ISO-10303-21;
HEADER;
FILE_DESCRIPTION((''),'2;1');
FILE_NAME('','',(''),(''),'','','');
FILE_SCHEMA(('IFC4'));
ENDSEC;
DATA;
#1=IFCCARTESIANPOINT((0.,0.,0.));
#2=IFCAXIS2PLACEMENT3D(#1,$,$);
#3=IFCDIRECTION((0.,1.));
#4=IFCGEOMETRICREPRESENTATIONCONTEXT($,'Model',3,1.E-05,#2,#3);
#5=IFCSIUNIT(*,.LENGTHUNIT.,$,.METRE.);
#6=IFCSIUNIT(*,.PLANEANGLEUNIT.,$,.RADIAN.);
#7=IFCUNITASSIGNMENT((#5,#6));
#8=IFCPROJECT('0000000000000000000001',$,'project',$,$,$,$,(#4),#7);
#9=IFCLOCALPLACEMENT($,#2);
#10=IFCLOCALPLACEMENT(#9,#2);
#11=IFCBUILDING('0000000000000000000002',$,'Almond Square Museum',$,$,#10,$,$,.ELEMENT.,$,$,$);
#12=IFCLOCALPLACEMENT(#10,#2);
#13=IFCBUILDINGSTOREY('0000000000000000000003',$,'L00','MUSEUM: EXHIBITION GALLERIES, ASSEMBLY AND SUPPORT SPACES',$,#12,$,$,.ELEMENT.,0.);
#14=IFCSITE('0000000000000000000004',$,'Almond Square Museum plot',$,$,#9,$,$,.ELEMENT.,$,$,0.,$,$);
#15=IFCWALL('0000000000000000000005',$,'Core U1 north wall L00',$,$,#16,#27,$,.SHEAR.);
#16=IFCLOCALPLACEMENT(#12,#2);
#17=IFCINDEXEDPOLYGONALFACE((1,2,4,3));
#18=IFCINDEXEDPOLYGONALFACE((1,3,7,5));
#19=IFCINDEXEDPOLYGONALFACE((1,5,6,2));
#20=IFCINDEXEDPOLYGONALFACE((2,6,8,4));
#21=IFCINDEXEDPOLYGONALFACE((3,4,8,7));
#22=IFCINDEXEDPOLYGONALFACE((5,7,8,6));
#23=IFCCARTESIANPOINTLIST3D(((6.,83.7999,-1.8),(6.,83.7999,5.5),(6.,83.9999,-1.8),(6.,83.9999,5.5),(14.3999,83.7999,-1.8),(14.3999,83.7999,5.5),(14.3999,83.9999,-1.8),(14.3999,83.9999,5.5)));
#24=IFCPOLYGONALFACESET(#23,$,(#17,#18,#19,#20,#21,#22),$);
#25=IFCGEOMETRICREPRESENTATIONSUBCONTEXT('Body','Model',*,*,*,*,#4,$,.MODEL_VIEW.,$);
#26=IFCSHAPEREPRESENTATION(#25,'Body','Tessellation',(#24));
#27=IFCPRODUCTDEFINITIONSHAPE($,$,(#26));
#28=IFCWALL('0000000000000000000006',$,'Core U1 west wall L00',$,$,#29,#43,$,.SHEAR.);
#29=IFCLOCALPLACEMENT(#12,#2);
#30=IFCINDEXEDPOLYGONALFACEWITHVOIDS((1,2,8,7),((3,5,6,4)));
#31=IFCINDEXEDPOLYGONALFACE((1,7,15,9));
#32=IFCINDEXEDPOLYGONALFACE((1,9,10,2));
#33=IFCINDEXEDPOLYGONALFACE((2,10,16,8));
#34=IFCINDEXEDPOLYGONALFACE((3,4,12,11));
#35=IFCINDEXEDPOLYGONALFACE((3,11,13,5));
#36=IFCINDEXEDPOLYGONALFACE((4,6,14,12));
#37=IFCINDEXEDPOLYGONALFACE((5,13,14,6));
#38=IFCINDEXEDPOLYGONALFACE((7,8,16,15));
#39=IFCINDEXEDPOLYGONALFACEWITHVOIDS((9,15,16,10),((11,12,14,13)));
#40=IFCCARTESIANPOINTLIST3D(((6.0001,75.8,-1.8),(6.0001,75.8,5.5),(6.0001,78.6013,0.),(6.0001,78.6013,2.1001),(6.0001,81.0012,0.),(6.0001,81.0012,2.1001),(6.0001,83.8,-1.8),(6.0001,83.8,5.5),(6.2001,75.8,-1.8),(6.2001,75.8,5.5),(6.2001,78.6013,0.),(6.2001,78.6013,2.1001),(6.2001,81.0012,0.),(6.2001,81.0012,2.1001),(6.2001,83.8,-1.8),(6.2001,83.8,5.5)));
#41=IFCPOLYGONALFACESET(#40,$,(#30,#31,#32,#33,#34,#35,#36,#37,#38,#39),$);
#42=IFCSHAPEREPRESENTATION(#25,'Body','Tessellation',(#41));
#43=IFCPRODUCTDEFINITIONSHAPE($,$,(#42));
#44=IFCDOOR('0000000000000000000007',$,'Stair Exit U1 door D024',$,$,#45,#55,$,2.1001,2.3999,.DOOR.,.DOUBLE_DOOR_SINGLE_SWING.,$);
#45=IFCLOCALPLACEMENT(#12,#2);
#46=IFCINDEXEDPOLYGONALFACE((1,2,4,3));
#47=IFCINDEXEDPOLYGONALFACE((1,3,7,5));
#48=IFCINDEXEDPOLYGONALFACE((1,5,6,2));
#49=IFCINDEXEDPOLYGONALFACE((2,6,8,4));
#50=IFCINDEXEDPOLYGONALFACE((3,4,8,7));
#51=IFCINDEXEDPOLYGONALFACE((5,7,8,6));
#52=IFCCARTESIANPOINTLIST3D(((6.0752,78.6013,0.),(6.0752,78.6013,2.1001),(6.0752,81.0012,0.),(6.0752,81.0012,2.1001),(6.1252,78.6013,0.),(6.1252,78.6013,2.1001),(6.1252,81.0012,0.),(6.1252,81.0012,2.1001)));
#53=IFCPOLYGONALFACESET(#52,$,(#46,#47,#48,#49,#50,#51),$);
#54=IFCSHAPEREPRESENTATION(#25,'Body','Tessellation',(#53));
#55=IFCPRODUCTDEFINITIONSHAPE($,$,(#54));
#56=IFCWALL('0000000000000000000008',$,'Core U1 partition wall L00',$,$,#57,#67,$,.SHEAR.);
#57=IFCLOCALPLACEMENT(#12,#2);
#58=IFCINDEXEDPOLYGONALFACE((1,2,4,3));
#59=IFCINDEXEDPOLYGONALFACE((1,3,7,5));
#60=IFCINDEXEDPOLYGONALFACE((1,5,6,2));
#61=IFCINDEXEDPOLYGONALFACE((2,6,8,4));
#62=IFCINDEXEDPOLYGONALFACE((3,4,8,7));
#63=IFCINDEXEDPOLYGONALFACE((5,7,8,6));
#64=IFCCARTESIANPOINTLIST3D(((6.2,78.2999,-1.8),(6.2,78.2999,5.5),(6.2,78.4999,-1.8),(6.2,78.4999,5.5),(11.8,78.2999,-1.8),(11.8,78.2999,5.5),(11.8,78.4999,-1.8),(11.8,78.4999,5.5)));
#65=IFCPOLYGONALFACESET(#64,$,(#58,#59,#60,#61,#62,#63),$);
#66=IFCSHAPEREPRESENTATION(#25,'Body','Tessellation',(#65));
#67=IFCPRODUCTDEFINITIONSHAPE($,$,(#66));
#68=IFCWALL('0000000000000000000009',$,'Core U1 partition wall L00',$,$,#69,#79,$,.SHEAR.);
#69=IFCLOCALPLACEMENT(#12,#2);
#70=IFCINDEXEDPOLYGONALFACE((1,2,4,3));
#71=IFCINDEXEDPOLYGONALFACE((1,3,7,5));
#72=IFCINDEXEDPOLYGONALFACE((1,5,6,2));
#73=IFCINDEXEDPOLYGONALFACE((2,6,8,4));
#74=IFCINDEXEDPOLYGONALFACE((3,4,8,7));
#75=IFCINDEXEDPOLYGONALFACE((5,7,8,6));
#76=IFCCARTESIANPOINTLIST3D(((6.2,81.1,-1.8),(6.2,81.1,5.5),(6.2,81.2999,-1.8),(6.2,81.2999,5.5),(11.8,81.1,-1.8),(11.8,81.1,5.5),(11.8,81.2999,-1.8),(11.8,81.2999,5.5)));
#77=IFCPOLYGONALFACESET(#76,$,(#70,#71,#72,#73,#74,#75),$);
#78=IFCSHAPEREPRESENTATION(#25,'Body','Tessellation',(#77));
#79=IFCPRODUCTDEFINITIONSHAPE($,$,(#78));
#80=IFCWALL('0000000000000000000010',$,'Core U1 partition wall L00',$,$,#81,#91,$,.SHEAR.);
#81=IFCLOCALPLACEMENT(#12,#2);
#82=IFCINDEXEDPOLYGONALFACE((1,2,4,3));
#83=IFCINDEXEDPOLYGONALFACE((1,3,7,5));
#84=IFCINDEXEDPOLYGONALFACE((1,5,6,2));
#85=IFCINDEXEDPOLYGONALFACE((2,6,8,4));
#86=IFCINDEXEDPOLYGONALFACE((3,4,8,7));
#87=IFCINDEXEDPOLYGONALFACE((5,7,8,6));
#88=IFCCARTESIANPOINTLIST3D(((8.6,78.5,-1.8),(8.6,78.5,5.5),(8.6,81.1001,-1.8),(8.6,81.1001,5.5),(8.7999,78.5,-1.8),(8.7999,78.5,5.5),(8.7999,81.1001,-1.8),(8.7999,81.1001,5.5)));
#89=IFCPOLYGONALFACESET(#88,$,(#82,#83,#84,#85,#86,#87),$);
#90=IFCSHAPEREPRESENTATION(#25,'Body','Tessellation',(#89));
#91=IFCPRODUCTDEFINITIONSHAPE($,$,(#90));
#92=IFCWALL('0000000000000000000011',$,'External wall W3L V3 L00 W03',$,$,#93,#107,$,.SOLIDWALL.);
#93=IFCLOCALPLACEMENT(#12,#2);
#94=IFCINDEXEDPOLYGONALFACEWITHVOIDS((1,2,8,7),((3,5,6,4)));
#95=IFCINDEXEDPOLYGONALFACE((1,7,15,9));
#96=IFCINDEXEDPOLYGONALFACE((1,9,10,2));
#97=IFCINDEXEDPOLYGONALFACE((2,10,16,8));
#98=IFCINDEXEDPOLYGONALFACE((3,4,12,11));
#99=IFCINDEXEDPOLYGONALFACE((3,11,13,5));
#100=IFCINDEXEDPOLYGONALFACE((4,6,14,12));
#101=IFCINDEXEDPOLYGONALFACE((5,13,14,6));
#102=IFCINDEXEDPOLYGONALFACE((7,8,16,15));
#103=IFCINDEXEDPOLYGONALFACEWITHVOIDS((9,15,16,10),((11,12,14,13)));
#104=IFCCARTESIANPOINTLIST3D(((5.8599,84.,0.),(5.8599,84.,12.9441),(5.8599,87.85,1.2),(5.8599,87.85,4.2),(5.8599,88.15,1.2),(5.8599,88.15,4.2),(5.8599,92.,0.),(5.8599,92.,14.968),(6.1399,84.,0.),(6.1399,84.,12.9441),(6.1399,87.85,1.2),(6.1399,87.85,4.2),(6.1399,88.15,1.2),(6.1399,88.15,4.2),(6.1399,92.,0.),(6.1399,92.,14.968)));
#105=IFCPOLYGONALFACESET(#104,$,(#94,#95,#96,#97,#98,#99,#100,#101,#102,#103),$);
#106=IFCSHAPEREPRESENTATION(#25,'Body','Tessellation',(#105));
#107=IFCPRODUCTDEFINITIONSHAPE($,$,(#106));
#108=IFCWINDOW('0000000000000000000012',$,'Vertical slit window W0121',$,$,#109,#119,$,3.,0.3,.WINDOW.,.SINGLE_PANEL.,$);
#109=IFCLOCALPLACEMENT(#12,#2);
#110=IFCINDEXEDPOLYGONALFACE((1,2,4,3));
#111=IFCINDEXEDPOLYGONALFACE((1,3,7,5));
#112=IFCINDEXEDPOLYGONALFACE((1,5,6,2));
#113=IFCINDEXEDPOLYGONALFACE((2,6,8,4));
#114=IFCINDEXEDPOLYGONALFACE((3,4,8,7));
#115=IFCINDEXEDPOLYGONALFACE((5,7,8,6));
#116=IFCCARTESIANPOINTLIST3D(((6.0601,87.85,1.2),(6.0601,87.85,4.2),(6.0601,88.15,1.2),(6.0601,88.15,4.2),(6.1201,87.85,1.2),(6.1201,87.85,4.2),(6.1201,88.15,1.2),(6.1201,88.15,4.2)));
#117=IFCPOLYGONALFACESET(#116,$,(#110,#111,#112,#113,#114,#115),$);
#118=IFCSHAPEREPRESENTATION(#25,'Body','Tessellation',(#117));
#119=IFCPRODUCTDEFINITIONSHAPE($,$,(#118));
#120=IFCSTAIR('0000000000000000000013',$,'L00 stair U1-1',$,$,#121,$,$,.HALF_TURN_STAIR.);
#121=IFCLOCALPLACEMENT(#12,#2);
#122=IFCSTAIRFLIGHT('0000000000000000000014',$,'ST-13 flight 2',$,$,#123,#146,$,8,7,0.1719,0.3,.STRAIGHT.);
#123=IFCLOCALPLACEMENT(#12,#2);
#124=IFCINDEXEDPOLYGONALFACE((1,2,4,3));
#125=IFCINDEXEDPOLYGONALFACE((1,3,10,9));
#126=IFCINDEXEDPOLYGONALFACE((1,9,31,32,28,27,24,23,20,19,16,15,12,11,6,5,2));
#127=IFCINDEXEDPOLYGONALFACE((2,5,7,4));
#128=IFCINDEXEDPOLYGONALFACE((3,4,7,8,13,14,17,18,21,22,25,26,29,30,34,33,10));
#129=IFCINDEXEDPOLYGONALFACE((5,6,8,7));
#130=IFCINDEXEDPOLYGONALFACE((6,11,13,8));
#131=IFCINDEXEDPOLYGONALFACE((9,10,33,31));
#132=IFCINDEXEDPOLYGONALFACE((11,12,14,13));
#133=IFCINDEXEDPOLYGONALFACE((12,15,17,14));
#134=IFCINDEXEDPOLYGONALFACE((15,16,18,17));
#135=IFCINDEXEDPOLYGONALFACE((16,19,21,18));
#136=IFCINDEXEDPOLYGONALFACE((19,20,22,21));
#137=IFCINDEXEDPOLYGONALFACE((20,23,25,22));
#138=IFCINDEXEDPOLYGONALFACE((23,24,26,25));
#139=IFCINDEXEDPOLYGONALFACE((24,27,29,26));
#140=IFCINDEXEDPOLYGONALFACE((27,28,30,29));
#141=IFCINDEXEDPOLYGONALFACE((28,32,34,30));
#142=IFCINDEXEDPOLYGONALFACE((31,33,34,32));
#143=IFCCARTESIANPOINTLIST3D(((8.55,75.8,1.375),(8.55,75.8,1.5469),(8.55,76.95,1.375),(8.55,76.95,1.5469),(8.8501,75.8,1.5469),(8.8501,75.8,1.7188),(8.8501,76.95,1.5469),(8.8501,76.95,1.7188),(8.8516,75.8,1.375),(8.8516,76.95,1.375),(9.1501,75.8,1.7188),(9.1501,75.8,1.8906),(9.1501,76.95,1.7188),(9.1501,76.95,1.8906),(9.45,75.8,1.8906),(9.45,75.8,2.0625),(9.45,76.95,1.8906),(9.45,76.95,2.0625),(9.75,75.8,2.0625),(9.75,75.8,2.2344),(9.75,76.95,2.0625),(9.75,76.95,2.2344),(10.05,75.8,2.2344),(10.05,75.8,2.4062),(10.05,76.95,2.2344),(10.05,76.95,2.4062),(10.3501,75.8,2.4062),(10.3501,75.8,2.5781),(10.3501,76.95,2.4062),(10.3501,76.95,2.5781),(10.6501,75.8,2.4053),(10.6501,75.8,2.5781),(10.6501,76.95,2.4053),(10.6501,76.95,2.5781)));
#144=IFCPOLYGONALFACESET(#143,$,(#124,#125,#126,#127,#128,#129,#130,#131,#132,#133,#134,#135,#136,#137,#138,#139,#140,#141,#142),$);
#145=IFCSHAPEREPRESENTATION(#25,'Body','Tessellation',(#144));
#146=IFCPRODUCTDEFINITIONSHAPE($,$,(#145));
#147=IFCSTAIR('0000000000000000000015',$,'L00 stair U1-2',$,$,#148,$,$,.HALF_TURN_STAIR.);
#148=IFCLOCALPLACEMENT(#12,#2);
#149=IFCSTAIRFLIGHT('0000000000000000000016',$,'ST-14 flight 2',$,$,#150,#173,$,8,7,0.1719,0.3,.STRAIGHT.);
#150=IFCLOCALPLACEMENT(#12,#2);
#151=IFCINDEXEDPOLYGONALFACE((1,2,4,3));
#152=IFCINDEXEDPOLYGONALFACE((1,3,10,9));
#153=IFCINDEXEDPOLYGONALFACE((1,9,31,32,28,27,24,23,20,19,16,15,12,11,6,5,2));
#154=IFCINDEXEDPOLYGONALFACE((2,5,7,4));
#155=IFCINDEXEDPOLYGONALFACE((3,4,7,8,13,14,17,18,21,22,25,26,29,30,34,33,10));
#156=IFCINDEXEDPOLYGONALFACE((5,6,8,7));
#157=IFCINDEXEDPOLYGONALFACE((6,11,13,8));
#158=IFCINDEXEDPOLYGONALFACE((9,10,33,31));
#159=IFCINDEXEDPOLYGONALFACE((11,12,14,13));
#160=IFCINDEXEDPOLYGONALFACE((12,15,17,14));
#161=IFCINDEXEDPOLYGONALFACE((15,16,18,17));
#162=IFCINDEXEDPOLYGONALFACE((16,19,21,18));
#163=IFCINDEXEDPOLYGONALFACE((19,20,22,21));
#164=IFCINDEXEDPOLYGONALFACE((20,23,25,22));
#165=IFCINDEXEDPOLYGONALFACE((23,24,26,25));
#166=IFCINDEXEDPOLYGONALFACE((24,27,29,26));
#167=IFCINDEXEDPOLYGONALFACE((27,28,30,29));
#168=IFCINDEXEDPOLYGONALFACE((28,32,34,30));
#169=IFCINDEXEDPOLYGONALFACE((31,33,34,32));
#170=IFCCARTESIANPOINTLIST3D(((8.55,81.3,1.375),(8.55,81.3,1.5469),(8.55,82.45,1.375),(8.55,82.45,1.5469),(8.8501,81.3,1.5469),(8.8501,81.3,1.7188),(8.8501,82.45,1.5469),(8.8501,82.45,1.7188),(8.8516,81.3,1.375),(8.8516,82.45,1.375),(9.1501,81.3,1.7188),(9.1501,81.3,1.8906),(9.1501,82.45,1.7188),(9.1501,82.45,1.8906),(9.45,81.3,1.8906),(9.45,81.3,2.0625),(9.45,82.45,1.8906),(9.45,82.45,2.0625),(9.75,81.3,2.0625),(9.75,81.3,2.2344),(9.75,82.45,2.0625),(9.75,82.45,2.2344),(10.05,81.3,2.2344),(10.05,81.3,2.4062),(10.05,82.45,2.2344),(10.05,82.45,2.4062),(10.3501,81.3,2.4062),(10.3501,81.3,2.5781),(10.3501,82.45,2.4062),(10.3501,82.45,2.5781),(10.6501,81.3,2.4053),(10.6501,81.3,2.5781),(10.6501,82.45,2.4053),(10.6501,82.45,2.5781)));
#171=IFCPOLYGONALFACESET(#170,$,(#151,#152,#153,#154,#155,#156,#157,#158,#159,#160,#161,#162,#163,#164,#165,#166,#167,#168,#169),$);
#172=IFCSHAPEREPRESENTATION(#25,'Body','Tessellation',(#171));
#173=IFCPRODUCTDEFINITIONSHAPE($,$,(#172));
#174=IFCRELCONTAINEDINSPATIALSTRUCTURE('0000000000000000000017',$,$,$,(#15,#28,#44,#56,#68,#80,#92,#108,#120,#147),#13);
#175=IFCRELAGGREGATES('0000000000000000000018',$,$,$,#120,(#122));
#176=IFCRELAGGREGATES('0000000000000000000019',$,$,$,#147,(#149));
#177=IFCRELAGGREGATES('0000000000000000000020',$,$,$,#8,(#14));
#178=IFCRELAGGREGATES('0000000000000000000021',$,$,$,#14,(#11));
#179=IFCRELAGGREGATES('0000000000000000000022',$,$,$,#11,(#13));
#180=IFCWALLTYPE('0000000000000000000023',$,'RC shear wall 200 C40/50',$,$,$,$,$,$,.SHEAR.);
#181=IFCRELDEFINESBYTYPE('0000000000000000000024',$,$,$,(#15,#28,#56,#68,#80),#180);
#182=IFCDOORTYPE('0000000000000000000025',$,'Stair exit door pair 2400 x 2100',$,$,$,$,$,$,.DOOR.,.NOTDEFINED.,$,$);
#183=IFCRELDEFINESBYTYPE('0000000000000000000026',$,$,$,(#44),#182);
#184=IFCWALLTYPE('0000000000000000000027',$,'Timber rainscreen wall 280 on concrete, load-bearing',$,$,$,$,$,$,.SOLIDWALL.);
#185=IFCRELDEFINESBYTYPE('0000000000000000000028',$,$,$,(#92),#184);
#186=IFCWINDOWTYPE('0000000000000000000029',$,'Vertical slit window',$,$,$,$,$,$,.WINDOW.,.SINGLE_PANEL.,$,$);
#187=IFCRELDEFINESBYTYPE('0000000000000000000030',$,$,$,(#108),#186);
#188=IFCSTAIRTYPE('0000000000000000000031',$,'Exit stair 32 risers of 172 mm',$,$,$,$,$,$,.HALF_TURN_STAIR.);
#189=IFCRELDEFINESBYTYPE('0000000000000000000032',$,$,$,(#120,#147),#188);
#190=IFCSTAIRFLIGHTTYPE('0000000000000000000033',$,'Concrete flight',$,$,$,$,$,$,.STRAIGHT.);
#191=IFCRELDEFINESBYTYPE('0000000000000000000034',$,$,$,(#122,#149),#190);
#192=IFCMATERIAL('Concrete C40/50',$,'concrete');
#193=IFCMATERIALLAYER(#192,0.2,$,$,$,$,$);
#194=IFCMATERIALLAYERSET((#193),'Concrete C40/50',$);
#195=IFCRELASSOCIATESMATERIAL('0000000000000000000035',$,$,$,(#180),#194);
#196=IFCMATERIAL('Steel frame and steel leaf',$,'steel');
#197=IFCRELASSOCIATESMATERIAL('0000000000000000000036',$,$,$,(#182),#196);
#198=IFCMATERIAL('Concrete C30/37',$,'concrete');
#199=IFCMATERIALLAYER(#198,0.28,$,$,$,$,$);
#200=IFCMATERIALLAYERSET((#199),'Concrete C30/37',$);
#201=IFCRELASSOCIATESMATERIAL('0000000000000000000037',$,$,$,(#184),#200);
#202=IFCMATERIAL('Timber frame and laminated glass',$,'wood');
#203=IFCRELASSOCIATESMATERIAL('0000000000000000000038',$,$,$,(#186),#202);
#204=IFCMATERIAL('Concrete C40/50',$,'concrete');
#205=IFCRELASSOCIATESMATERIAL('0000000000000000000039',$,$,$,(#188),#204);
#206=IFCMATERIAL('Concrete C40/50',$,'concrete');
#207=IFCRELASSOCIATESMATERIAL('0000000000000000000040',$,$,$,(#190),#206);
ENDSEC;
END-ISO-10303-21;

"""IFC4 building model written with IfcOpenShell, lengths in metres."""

from ifc_helpers import new_model, si_unit, direction, frame, frame_2d, origin, place, context, subcontext, project, spatial, polyline, rectangle, outline, extrude, material, layer, layer_set, type_object, element, fill, aggregate, save


model = new_model("IFC4")

# Units and contexts
model_context = context("Model", 3, precision=1e-05, world=origin(), true_north=direction((0.0, 1.0)))
body_context = subcontext(model_context, "Body", "Model", "MODEL_VIEW")
ifc_project = project(units=[si_unit("LENGTHUNIT", "METRE"), si_unit("PLANEANGLEUNIT", "RADIAN")], contexts=[model_context])

# Site, building, storey
site_placement = place(None, origin())
site = spatial("IfcSite", under=ifc_project, at=site_placement, Name="Almond Square Museum plot", CompositionType="ELEMENT", RefElevation=0.0)
building_placement = place(site_placement, origin())
building = spatial("IfcBuilding", under=site, at=building_placement, Name="Almond Square Museum", CompositionType="ELEMENT")
storey_placement = place(building_placement, origin())
storey = spatial("IfcBuildingStorey", under=building, at=storey_placement, Name="L00", Description="MUSEUM: EXHIBITION GALLERIES, ASSEMBLY AND SUPPORT SPACES", CompositionType="ELEMENT", Elevation=0.0)

# Wall
ifc_material_1 = material(Name="Concrete C40/50", Category="concrete")
ifc_layer_1 = layer(ifc_material_1, 0.2)
ifc_layer_set_1 = layer_set([ifc_layer_1], Name="Concrete C40/50")
wall_type_1 = type_object("IfcWallType", Name="RC shear wall 200 C40/50", PredefinedType="SHEAR", material=ifc_layer_set_1)
for number, where, z_axis, x_axis, name in (
    (1, (6.0, 83.8999, -1.8), (0.0, 0.0, 1.0), (1.0, 0.0, 0.0), "Core U1 north wall L00"),
):
    element("IfcWall", number, at=place(storey_placement, frame(where, z_axis=z_axis, x_axis=x_axis)), inside=storey, type_object=wall_type_1, Name=name, PredefinedType="SHEAR", context=body_context, shape_type="SweptSolid", body=[
        extrude(rectangle(XDim=8.3999, YDim=0.2, at=frame_2d((4.2, 0.0))), origin(), (0.0, 0.0, 1.0), 7.3),
    ])

# Wall, opening, door
wall_1_placement = place(storey_placement, frame((6.1001, 75.8, -1.8), z_axis=(0.0, 0.0, 1.0), x_axis=(0.0, 1.0, 0.0)))
wall_1 = element("IfcWall", 2, at=wall_1_placement, inside=storey, type_object=wall_type_1, Name="Core U1 west wall L00", PredefinedType="SHEAR", context=body_context, shape_type="SweptSolid", body=[
    extrude(rectangle(XDim=8.0, YDim=0.2, at=frame_2d((4.0, 0.0))), origin(), (0.0, 0.0, 1.0), 7.3),
])
opening_1_placement = place(wall_1_placement, frame((2.8013, 0.0, 1.8)))
opening_1 = element("IfcOpeningElement", 3, at=opening_1_placement, cuts=wall_1, PredefinedType="OPENING", context=body_context, shape_type="SweptSolid", body=[
    extrude(rectangle(XDim=2.3999, YDim=2.1001, at=frame_2d((1.2, 1.05))), frame((0.0, 0.1099, 0.0), z_axis=(0.0, -1.0, 0.0), x_axis=(1.0, 0.0, 0.0)), (0.0, 0.0, 1.0), 0.22),
])
ifc_material_2 = material(Name="Steel frame and steel leaf", Category="steel")
door_type_1 = type_object("IfcDoorType", Name="Stair exit door pair 2400 x 2100", OperationType="NOTDEFINED", PredefinedType="DOOR", material=ifc_material_2)
door_1_placement = place(opening_1_placement, origin())
door_1 = element("IfcDoor", 4, at=door_1_placement, inside=storey, type_object=door_type_1, Name="Stair Exit U1 door D024", OperationType="DOUBLE_DOOR_SINGLE_SWING", OverallHeight=2.1001, OverallWidth=2.3999, PredefinedType="DOOR", context=body_context, shape_type="SweptSolid", body=[
    extrude(rectangle(XDim=2.3999, YDim=2.1001, at=frame_2d((1.2, 1.05))), frame((0.0, 0.0249, 0.0), z_axis=(0.0, -1.0, 0.0), x_axis=(1.0, 0.0, 0.0)), (0.0, 0.0, 1.0), 0.05),
])
fill(opening_1, door_1)

# Walls
for number, where, z_axis, x_axis, name in (
    (5, (6.2, 78.3999, -1.8), (0.0, 0.0, 1.0), (1.0, 0.0, 0.0), "Core U1 partition wall L00"),
    (6, (6.2, 81.2, -1.8), (0.0, 0.0, 1.0), (1.0, 0.0, 0.0), "Core U1 partition wall L00"),
):
    element("IfcWall", number, at=place(storey_placement, frame(where, z_axis=z_axis, x_axis=x_axis)), inside=storey, type_object=wall_type_1, Name=name, PredefinedType="SHEAR", context=body_context, shape_type="SweptSolid", body=[
        extrude(rectangle(XDim=5.6001, YDim=0.2, at=frame_2d((2.8, 0.0))), origin(), (0.0, 0.0, 1.0), 7.3),
    ])
wall_2_placement = place(storey_placement, frame((8.7, 78.5, -1.8), z_axis=(0.0, 0.0, 1.0), x_axis=(0.0, 1.0, 0.0)))
element("IfcWall", 7, at=wall_2_placement, inside=storey, type_object=wall_type_1, Name="Core U1 partition wall L00", PredefinedType="SHEAR", context=body_context, shape_type="SweptSolid", body=[
    extrude(rectangle(XDim=2.6001, YDim=0.2, at=frame_2d((1.3, 0.0))), origin(), (0.0, 0.0, 1.0), 7.3),
])

# Wall, opening, window
ifc_material_3 = material(Name="Concrete C30/37", Category="concrete")
ifc_layer_2 = layer(ifc_material_3, 0.28)
ifc_layer_set_2 = layer_set([ifc_layer_2], Name="Concrete C30/37")
wall_type_2 = type_object("IfcWallType", Name="Timber rainscreen wall 280 on concrete, load-bearing", PredefinedType="SOLIDWALL", material=ifc_layer_set_2)
wall_3_placement = place(storey_placement, frame((6.0, 84.0, 0.0), z_axis=(0.0, 0.0, 1.0), x_axis=(0.0, 1.0, 0.0)))
wall_3 = element("IfcWall", 8, at=wall_3_placement, inside=storey, type_object=wall_type_2, Name="External wall W3L V3 L00 W03", PredefinedType="SOLIDWALL", context=body_context, shape_type="SweptSolid", body=[
    extrude(outline(polyline([(0.0, 0.0), (8.0, 0.0), (8.0, 14.968), (0.0, 12.9441), (0.0, 0.0)])), frame((0.0, 0.1401, 0.0), z_axis=(0.0, -1.0, 0.0), x_axis=(1.0, 0.0, 0.0)), (0.0, 0.0, 1.0), 0.28),
])
opening_2_placement = place(wall_3_placement, frame((3.8501, 0.0, 1.2)))
opening_2 = element("IfcOpeningElement", 9, at=opening_2_placement, cuts=wall_3, PredefinedType="OPENING", context=body_context, shape_type="SweptSolid", body=[
    extrude(rectangle(XDim=0.3, YDim=3.0, at=frame_2d((0.1499, 1.5))), frame((0.0, 0.1499, 0.0), z_axis=(0.0, -1.0, 0.0), x_axis=(1.0, 0.0, 0.0)), (0.0, 0.0, 1.0), 0.3),
])
ifc_material_4 = material(Name="Timber frame and laminated glass", Category="wood")
window_type = type_object("IfcWindowType", Name="Vertical slit window", PartitioningType="SINGLE_PANEL", PredefinedType="WINDOW", material=ifc_material_4)
window_placement = place(opening_2_placement, origin())
window = element("IfcWindow", 10, at=window_placement, inside=storey, type_object=window_type, Name="Vertical slit window W0121", OverallHeight=3.0, OverallWidth=0.3, PartitioningType="SINGLE_PANEL", PredefinedType="WINDOW", context=body_context, shape_type="SweptSolid", body=[
    extrude(rectangle(XDim=0.3, YDim=3.0, at=frame_2d((0.1499, 1.5))), frame((0.0, -0.0601, 0.0), z_axis=(0.0, -1.0, 0.0), x_axis=(1.0, 0.0, 0.0)), (0.0, 0.0, 1.0), 0.0601),
])
fill(opening_2, window)

# Stairs, stair flights
ifc_material_5 = material(Name="Concrete C40/50", Category="concrete")
stair_type = type_object("IfcStairType", Name="Exit stair 32 risers of 172 mm", PredefinedType="HALF_TURN_STAIR", material=ifc_material_5)
stair_1_placement = place(storey_placement, origin())
stair_1 = element("IfcStair", 11, at=stair_1_placement, inside=storey, type_object=stair_type, Name="L00 stair U1-1", PredefinedType="HALF_TURN_STAIR")
ifc_material_6 = material(Name="Concrete C40/50", Category="concrete")
stair_flight_type = type_object("IfcStairFlightType", Name="Concrete flight", PredefinedType="STRAIGHT", material=ifc_material_6)
stair_flight_1_placement = place(storey_placement, frame((8.55, 76.375, 1.375), z_axis=(0.0, 0.0, 1.0), x_axis=(1.0, 0.0, 0.0)))
stair_flight_1 = element("IfcStairFlight", 12, at=stair_flight_1_placement, type_object=stair_flight_type, Name="ST-13 flight 2", NumberOfRisers=8, NumberOfTreads=7, PredefinedType="STRAIGHT", RiserHeight=0.1719, TreadLength=0.3, context=body_context, shape_type="SweptSolid", body=[
    extrude(outline(polyline([(0.0, 0.0), (0.0, 0.1719), (0.3, 0.1719), (0.3, 0.3438), (0.6001, 0.3438), (0.6001, 0.5156), (0.8999, 0.5156), (0.8999, 0.6875), (1.2, 0.6875), (1.2, 0.8594), (1.5, 0.8594), (1.5, 1.0312), (1.8, 1.0312), (1.8, 1.2031), (2.1001, 1.2031), (2.1001, 1.375), (2.1001, 1.0303), (0.3015, 0.0), (0.0, 0.0)])), frame((0.0, 0.575, 0.0), z_axis=(0.0, -1.0, 0.0), x_axis=(1.0, 0.0, 0.0)), (0.0, 0.0, 1.0), 1.1499),
])
aggregate(stair_1, [stair_flight_1])
stair_2_placement = place(storey_placement, origin())
stair_2 = element("IfcStair", 13, at=stair_2_placement, inside=storey, type_object=stair_type, Name="L00 stair U1-2", PredefinedType="HALF_TURN_STAIR")
stair_flight_2_placement = place(storey_placement, frame((8.55, 81.875, 1.375), z_axis=(0.0, 0.0, 1.0), x_axis=(1.0, 0.0, 0.0)))
stair_flight_2 = element("IfcStairFlight", 14, at=stair_flight_2_placement, type_object=stair_flight_type, Name="ST-14 flight 2", NumberOfRisers=8, NumberOfTreads=7, PredefinedType="STRAIGHT", RiserHeight=0.1719, TreadLength=0.3, context=body_context, shape_type="SweptSolid", body=[
    extrude(outline(polyline([(0.0, 0.0), (0.0, 0.1719), (0.3, 0.1719), (0.3, 0.3438), (0.6001, 0.3438), (0.6001, 0.5156), (0.8999, 0.5156), (0.8999, 0.6875), (1.2, 0.6875), (1.2, 0.8594), (1.5, 0.8594), (1.5, 1.0312), (1.8, 1.0312), (1.8, 1.2031), (2.1001, 1.2031), (2.1001, 1.375), (2.1001, 1.0303), (0.3015, 0.0), (0.0, 0.0)])), frame((0.0, 0.575, 0.0), z_axis=(0.0, -1.0, 0.0), x_axis=(1.0, 0.0, 0.0)), (0.0, 0.0, 1.0), 1.1499),
])
aggregate(stair_2, [stair_flight_2])

save(model, "model.ifc")
